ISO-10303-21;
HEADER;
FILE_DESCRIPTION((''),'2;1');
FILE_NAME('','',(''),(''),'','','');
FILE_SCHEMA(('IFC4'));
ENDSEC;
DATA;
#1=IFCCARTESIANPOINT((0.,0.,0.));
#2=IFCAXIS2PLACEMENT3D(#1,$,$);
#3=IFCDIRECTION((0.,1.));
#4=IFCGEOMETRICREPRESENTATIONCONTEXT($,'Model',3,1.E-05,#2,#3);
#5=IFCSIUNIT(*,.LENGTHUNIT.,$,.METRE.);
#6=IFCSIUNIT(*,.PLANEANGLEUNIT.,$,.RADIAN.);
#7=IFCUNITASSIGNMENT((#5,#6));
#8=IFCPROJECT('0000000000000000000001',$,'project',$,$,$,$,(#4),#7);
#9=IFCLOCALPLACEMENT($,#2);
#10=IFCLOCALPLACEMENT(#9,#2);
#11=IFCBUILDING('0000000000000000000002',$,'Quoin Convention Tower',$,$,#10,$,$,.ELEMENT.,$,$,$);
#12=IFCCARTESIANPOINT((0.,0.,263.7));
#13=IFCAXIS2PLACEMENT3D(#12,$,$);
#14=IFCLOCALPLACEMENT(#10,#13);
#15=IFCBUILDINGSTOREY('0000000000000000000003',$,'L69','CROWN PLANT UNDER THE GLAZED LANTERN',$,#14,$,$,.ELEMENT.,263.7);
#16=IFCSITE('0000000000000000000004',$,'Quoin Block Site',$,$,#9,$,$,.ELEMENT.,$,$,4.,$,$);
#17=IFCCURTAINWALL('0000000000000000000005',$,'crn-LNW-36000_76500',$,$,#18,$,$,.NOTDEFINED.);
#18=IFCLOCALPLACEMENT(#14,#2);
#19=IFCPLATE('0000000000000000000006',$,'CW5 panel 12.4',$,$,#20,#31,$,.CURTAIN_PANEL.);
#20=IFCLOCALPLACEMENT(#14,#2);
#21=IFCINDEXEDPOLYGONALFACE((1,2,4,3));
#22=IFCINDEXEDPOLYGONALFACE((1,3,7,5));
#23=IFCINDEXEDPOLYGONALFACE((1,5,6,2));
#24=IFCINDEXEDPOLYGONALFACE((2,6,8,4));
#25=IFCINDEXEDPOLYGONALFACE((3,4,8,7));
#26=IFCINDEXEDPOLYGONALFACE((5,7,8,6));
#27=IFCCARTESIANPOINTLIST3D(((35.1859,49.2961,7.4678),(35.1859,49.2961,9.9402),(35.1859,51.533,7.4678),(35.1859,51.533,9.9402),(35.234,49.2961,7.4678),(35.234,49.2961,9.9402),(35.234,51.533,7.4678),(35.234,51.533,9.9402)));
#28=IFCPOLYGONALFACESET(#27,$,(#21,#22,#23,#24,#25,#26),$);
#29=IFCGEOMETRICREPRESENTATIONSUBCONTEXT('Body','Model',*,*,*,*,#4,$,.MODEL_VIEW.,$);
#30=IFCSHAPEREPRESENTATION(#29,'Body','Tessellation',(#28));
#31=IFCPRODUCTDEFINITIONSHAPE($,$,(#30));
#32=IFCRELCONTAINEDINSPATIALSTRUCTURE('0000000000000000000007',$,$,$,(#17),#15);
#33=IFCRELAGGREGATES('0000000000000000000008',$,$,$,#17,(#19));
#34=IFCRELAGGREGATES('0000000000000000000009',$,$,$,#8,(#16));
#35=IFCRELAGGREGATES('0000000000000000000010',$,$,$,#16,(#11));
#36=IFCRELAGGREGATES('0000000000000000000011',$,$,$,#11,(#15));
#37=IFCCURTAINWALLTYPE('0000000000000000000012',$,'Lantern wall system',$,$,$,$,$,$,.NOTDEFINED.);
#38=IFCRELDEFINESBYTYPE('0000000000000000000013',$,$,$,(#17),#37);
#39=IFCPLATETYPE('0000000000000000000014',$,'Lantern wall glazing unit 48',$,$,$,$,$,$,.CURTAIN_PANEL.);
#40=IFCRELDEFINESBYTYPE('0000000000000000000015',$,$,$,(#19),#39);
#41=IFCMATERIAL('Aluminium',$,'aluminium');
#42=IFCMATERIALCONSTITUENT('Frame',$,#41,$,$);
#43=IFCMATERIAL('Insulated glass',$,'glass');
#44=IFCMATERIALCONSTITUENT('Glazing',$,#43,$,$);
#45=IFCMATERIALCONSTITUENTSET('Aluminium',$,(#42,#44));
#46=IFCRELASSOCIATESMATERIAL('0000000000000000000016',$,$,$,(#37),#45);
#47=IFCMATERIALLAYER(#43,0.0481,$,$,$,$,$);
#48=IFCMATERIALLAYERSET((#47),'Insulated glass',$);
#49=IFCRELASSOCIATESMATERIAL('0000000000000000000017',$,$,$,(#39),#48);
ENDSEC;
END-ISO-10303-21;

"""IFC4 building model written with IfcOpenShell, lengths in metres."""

from ifc_helpers import new_model, si_unit, direction, frame, origin, origin_2d, place, context, subcontext, project, spatial, rectangle, extrude, material, layer, layer_set, constituent, constituent_set, type_object, element, aggregate, save


model = new_model("IFC4")

# Units and contexts
model_context = context("Model", 3, precision=1e-05, world=origin(), true_north=direction((0.0, 1.0)))
body_context = subcontext(model_context, "Body", "Model", "MODEL_VIEW")
ifc_project = project(units=[si_unit("LENGTHUNIT", "METRE"), si_unit("PLANEANGLEUNIT", "RADIAN")], contexts=[model_context])

# Site, building, storey
site_placement = place(None, origin())
site = spatial("IfcSite", under=ifc_project, at=site_placement, Name="Quoin Block Site", CompositionType="ELEMENT", RefElevation=4.0)
building_placement = place(site_placement, origin())
building = spatial("IfcBuilding", under=site, at=building_placement, Name="Quoin Convention Tower", CompositionType="ELEMENT")
storey_placement = place(building_placement, frame((0.0, 0.0, 263.7)))
storey = spatial("IfcBuildingStorey", under=building, at=storey_placement, Name="L69", Description="CROWN PLANT UNDER THE GLAZED LANTERN", CompositionType="ELEMENT", Elevation=263.7)

# Curtain wall, plate
ifc_material_1 = material(Name="Aluminium", Category="aluminium")
ifc_constituent_1 = constituent(ifc_material_1, Name="Frame")
ifc_material_2 = material(Name="Insulated glass", Category="glass")
ifc_constituent_2 = constituent(ifc_material_2, Name="Glazing")
ifc_constituent_set = constituent_set(constituents=[ifc_constituent_1, ifc_constituent_2], Name="Aluminium")
curtain_wall_type = type_object("IfcCurtainWallType", Name="Lantern wall system", PredefinedType="NOTDEFINED", material=ifc_constituent_set)
curtain_wall_placement = place(storey_placement, origin())
curtain_wall = element("IfcCurtainWall", 1, at=curtain_wall_placement, inside=storey, type_object=curtain_wall_type, Name="crn-LNW-36000_76500", PredefinedType="NOTDEFINED")
ifc_layer = layer(ifc_material_2, 0.0481)
ifc_layer_set = layer_set([ifc_layer], Name="Insulated glass")
plate_type = type_object("IfcPlateType", Name="Lantern wall glazing unit 48", PredefinedType="CURTAIN_PANEL", material=ifc_layer_set)
plate_1_placement = place(storey_placement, frame((35.21, 50.4146, 7.4678), z_axis=(0.0, 0.0, 1.0), x_axis=(0.0, -1.0, 0.0)))
plate_1 = element("IfcPlate", 2, at=plate_1_placement, type_object=plate_type, Name="CW5 panel 12.4", PredefinedType="CURTAIN_PANEL", context=body_context, shape_type="SweptSolid", body=[
    extrude(rectangle(XDim=2.2368, YDim=0.0481, at=origin_2d()), origin(), (0.0, 0.0, 1.0), 2.4724),
])
aggregate(curtain_wall, [plate_1])

save(model, "model.ifc")
